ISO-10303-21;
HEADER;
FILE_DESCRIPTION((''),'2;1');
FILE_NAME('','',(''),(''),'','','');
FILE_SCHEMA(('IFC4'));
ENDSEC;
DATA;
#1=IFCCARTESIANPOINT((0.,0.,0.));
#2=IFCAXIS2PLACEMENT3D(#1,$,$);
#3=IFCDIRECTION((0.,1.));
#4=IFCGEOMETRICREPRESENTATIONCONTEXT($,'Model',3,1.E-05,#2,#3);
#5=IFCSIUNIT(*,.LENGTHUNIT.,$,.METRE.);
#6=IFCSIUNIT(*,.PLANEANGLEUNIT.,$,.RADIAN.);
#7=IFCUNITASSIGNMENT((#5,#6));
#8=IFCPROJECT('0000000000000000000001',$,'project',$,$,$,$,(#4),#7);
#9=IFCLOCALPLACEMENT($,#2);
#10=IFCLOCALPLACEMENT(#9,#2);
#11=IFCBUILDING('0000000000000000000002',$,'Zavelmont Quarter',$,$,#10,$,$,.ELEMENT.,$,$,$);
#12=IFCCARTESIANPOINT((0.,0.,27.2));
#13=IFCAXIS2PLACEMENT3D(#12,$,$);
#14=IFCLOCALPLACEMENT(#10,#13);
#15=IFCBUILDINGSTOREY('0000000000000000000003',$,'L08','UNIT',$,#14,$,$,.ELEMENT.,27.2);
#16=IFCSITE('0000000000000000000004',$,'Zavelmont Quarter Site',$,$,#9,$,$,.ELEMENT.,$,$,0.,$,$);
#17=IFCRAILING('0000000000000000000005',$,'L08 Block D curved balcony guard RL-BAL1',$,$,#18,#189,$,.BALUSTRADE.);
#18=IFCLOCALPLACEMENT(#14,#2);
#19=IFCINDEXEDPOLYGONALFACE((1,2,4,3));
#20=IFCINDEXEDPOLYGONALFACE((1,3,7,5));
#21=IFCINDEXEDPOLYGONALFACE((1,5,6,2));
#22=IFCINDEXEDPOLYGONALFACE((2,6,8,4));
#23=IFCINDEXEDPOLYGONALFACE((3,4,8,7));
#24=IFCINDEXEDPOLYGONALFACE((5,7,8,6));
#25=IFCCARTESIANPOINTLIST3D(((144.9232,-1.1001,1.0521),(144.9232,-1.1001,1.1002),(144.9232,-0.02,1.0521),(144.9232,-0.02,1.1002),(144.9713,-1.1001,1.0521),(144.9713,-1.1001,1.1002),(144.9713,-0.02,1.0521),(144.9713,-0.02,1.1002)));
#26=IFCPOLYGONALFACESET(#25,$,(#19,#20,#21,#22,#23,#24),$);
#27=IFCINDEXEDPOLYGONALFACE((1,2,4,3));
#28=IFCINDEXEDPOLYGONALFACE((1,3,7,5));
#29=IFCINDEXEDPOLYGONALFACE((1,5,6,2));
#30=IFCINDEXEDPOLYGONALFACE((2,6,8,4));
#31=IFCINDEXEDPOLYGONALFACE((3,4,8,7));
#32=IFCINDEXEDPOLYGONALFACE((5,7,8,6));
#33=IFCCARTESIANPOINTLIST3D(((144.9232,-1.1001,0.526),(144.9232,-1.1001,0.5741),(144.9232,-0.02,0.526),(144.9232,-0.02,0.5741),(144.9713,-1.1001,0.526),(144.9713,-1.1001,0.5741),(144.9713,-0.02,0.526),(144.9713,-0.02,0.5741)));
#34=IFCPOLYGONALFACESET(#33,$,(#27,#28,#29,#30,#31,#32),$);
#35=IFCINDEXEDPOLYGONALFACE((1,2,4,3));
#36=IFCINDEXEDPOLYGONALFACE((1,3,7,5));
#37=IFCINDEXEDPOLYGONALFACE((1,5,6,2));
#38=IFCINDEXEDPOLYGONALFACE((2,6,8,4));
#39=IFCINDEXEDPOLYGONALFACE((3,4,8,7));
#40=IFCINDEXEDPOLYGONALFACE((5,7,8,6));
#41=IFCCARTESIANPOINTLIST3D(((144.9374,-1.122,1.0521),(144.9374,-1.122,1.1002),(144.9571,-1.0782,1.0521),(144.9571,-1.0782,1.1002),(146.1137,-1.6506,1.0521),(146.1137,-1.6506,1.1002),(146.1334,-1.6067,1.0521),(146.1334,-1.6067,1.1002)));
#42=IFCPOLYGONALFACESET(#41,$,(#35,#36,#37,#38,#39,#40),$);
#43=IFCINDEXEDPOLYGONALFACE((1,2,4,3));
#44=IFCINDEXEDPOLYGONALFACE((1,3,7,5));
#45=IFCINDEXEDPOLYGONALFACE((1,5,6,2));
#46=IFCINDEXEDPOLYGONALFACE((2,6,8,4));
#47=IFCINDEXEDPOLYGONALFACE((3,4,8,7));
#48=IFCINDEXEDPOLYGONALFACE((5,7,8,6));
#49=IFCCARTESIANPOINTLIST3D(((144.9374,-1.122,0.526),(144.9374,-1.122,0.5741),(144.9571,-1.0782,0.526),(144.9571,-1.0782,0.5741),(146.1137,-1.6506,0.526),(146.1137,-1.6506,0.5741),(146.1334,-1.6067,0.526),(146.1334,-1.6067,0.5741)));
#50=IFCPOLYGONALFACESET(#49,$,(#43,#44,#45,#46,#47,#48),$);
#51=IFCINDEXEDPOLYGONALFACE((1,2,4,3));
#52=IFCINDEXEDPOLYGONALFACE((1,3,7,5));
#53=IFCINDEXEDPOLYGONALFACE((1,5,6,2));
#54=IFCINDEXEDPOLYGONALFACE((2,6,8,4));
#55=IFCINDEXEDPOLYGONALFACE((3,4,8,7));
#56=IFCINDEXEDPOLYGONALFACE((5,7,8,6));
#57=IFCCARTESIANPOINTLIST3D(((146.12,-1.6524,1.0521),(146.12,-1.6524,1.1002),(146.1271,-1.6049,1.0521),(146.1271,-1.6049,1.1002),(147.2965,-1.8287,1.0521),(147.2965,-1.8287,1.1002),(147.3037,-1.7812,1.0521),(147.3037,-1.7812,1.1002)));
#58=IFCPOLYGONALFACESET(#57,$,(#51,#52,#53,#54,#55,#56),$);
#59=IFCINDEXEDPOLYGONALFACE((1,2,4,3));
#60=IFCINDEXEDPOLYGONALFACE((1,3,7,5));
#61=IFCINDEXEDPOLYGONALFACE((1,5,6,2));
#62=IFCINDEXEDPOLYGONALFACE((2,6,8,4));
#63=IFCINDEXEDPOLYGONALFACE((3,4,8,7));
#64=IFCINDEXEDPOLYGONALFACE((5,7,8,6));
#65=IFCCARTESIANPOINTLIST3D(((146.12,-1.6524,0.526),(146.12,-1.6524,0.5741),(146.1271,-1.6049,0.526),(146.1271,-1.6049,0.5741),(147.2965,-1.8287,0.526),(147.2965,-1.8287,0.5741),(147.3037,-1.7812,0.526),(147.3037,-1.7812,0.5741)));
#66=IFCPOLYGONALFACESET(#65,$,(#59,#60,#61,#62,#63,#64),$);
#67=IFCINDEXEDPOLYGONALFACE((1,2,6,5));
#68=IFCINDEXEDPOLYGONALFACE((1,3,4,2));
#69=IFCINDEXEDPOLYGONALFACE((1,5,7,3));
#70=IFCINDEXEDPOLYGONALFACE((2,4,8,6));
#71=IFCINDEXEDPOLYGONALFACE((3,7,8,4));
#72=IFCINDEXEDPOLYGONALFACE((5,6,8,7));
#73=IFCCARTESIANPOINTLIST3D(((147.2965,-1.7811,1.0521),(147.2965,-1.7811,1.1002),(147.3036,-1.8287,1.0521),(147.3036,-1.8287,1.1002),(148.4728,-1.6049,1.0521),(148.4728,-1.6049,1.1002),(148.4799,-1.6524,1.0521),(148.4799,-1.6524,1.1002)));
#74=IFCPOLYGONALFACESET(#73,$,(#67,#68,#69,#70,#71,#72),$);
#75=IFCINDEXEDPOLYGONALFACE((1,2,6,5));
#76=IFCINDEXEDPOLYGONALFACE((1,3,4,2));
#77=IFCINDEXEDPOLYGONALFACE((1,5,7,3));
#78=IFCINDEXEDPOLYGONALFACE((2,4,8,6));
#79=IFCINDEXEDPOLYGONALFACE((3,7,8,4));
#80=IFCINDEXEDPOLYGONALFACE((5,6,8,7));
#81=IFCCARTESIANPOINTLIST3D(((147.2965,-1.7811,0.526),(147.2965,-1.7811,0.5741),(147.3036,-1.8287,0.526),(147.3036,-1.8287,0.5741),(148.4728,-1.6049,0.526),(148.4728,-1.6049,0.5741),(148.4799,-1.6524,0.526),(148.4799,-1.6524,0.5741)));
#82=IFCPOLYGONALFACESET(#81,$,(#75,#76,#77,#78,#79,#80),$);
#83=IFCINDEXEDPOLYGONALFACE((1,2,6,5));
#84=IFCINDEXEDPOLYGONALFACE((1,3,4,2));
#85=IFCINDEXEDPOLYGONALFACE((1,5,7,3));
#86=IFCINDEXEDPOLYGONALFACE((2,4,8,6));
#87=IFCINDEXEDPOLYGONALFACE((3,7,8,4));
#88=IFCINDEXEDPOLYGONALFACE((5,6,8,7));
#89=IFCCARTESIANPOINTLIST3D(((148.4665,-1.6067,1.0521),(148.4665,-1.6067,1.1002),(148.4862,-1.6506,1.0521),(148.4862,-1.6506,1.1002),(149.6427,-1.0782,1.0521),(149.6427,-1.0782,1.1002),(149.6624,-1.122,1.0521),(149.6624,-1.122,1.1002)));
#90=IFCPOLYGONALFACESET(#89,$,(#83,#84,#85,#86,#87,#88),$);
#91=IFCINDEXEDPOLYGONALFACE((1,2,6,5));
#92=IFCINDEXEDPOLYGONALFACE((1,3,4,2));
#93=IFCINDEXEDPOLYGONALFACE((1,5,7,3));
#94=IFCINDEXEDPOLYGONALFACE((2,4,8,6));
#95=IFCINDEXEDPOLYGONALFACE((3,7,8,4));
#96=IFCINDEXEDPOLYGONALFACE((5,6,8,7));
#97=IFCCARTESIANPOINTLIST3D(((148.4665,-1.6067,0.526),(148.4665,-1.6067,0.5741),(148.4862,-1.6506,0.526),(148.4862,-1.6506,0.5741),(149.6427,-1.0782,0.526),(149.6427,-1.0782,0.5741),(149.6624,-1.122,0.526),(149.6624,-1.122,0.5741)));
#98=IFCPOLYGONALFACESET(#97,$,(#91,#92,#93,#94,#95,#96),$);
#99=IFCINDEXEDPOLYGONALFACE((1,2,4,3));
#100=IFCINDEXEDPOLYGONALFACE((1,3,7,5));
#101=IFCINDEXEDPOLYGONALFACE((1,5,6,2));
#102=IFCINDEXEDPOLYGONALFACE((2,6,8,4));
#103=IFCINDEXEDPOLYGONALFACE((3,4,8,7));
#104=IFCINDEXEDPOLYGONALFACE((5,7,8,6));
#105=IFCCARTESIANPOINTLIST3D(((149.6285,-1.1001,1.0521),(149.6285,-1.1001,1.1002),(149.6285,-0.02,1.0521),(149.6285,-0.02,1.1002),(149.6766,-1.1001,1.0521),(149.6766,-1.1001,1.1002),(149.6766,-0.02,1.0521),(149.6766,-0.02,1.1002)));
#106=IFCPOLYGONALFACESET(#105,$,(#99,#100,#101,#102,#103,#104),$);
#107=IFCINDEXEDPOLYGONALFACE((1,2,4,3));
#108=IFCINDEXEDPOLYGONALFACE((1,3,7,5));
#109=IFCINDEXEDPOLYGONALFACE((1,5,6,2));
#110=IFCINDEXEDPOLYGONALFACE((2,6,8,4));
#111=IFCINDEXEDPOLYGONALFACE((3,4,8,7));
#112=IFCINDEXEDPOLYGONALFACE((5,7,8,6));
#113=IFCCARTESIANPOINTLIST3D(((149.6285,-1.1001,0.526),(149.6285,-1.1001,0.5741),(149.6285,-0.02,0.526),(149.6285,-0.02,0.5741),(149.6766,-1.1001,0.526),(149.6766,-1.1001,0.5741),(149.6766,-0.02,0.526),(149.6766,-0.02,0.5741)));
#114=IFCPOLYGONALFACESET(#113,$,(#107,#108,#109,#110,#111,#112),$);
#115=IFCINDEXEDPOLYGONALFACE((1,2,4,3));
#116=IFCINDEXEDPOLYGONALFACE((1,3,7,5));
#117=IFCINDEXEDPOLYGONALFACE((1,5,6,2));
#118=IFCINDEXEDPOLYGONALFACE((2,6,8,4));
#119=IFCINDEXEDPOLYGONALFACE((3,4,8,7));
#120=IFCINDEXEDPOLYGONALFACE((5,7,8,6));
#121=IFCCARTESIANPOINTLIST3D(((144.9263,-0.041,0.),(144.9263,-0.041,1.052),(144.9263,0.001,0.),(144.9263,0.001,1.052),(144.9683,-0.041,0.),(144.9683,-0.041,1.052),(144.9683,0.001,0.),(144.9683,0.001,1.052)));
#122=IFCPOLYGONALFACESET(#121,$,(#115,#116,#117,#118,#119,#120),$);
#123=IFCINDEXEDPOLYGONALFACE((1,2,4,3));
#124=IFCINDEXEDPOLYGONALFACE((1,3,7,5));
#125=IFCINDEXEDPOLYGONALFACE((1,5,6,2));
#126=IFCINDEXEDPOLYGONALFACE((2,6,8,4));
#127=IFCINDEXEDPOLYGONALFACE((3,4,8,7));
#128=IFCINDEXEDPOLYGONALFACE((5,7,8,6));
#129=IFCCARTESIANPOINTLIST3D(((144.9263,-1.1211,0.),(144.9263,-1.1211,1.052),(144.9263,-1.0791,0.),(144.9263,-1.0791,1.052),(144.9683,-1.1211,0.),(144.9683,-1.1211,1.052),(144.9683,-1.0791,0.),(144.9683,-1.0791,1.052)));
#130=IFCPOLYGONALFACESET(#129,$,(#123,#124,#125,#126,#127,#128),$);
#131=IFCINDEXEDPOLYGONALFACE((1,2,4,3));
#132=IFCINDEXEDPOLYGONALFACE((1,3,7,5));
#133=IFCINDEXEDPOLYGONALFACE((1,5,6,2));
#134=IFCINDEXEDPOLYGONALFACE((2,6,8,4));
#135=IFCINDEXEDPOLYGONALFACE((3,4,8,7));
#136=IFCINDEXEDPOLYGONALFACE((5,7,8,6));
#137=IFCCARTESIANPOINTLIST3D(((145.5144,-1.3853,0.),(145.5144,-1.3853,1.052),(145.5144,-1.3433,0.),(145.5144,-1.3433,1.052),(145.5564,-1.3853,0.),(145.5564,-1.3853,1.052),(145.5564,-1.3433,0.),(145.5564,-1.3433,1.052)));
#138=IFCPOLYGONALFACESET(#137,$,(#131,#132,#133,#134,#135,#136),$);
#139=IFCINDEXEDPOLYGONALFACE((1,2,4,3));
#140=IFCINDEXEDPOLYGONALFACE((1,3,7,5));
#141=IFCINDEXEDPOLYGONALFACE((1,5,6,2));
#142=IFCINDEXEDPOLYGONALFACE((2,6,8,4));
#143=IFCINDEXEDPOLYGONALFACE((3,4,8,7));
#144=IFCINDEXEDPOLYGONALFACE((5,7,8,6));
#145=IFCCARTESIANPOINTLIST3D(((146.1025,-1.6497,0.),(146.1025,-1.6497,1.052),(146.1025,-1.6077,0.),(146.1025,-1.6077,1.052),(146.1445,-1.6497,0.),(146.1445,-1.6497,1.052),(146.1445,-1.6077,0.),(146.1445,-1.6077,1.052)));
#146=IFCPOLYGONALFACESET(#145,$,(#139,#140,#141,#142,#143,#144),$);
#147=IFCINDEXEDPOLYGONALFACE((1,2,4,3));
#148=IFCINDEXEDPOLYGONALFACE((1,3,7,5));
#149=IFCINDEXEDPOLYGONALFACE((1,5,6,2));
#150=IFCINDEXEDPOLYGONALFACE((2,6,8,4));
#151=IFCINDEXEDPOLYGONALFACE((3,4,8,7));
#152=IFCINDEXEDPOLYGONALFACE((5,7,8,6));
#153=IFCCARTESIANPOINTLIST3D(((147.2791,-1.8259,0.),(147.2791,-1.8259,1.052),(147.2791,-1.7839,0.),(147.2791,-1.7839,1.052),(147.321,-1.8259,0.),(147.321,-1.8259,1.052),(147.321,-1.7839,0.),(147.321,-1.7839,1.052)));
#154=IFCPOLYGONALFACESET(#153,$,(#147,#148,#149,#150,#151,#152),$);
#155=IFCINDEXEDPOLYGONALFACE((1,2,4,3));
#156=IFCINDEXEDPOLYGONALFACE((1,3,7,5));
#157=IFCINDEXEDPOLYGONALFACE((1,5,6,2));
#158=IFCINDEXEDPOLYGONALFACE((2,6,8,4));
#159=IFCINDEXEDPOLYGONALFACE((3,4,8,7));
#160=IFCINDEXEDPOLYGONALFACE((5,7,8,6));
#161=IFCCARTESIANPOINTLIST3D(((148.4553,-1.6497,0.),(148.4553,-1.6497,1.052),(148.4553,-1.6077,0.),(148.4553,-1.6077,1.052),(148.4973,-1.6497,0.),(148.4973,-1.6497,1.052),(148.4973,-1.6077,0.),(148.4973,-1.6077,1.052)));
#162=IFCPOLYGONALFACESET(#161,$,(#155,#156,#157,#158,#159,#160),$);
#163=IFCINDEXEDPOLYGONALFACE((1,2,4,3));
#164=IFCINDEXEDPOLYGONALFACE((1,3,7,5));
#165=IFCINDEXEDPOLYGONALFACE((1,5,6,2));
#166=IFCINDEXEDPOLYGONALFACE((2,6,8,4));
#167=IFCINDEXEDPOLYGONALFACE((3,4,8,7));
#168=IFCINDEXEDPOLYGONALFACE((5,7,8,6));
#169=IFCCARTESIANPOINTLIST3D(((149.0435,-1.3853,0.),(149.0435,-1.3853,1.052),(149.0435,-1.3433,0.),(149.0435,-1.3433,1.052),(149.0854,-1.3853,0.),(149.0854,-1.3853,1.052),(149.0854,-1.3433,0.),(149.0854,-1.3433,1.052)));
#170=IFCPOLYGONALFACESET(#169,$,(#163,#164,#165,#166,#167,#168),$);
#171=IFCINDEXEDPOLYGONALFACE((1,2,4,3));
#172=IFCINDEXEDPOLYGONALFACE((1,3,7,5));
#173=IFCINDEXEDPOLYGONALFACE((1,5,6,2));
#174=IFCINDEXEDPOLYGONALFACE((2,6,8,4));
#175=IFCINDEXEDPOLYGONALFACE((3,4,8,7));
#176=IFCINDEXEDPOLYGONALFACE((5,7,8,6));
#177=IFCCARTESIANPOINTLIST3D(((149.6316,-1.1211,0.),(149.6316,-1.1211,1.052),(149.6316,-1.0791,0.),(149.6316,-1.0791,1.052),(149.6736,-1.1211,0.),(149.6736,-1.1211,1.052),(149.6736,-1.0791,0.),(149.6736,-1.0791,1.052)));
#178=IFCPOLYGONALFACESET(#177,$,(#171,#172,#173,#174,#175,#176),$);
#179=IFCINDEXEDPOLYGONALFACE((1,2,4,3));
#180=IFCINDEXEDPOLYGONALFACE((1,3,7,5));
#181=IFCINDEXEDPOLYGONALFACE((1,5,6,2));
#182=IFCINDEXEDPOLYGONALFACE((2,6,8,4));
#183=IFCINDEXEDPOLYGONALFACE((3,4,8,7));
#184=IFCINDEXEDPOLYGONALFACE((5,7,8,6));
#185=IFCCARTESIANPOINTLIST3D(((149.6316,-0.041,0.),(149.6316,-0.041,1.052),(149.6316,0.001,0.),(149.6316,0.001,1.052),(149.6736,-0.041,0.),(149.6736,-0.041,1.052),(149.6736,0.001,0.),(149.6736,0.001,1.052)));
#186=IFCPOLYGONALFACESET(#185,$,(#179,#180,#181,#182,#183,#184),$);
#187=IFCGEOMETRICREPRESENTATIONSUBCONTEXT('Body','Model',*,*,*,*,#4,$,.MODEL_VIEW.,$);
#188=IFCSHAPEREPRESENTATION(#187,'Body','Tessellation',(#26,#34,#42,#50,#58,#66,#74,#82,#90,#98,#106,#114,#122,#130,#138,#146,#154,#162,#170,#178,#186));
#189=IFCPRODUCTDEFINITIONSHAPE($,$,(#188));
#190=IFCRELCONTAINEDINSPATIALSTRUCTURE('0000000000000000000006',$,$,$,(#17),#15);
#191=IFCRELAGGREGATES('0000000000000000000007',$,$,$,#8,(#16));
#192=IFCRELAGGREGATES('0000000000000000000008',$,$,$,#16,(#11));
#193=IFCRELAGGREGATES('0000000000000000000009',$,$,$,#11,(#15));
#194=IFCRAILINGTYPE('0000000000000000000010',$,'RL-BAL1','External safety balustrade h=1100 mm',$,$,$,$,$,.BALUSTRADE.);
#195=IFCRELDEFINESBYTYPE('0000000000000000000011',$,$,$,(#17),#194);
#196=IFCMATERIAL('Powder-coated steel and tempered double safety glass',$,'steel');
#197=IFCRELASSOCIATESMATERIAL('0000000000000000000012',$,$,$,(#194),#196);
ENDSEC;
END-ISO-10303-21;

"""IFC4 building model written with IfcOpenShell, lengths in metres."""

from ifc_helpers import new_model, si_unit, direction, frame, origin, origin_2d, place, context, subcontext, project, spatial, rectangle, extrude, material, type_object, element, save


model = new_model("IFC4")

# Units and contexts
model_context = context("Model", 3, precision=1e-05, world=origin(), true_north=direction((0.0, 1.0)))
body_context = subcontext(model_context, "Body", "Model", "MODEL_VIEW")
ifc_project = project(units=[si_unit("LENGTHUNIT", "METRE"), si_unit("PLANEANGLEUNIT", "RADIAN")], contexts=[model_context])

# Site, building, storey
site_placement = place(None, origin())
site = spatial("IfcSite", under=ifc_project, at=site_placement, Name="Zavelmont Quarter Site", CompositionType="ELEMENT", RefElevation=0.0)
building_placement = place(site_placement, origin())
building = spatial("IfcBuilding", under=site, at=building_placement, Name="Zavelmont Quarter", CompositionType="ELEMENT")
storey_placement = place(building_placement, frame((0.0, 0.0, 27.2)))
storey = spatial("IfcBuildingStorey", under=building, at=storey_placement, Name="L08", Description="UNIT", CompositionType="ELEMENT", Elevation=27.2)

# Railing
ifc_material_1 = material(Name="Powder-coated steel and tempered double safety glass", Category="steel")
railing_type = type_object("IfcRailingType", Name="RL-BAL1", Description="External safety balustrade h=1100 mm", PredefinedType="BALUSTRADE", material=ifc_material_1)
railing_placement = place(storey_placement, frame((144.9473, -0.02, 0.0)))
element("IfcRailing", 1, at=railing_placement, inside=storey, type_object=railing_type, Name="L08 Block D curved balcony guard RL-BAL1", PredefinedType="BALUSTRADE", context=body_context, shape_type="SweptSolid", body=[
    extrude(rectangle(XDim=0.0481, YDim=0.0481, at=origin_2d()), frame((0.0, 0.0, 1.0762), z_axis=(0.0, -1.0, 0.0), x_axis=(1.0, 0.0, 0.0)), (0.0, 0.0, 1.0), 1.0801),
    extrude(rectangle(XDim=0.0481, YDim=0.0481, at=origin_2d()), frame((0.0, 0.0, 0.55), z_axis=(0.0, -1.0, 0.0), x_axis=(1.0, 0.0, 0.0)), (0.0, 0.0, 1.0), 1.0801),
    extrude(rectangle(XDim=0.0481, YDim=0.0481, at=origin_2d()), frame((0.0, -1.0801, 1.0762), z_axis=(0.912141, -0.409877, 0.0), x_axis=(0.409877, 0.912141, 0.0)), (0.0, 0.0, 1.0), 1.2896),
    extrude(rectangle(XDim=0.0481, YDim=0.0481, at=origin_2d()), frame((0.0, -1.0801, 0.55), z_axis=(0.912141, -0.409877, 0.0), x_axis=(0.409877, 0.912141, 0.0)), (0.0, 0.0, 1.0), 1.2896),
    extrude(rectangle(XDim=0.0481, YDim=0.0481, at=origin_2d()), frame((1.1763, -1.6086, 1.0762), z_axis=(0.988962, -0.14817, 0.0), x_axis=(0.14817, 0.988962, 0.0)), (0.0, 0.0, 1.0), 1.1897),
    extrude(rectangle(XDim=0.0481, YDim=0.0481, at=origin_2d()), frame((1.1763, -1.6086, 0.55), z_axis=(0.988962, -0.14817, 0.0), x_axis=(0.14817, 0.988962, 0.0)), (0.0, 0.0, 1.0), 1.1897),
    extrude(rectangle(XDim=0.0481, YDim=0.0481, at=origin_2d()), frame((2.3528, -1.7849, 1.0762), z_axis=(0.988957, 0.1482, 0.0), x_axis=(-0.1482, 0.988957, 0.0)), (0.0, 0.0, 1.0), 1.1895),
    extrude(rectangle(XDim=0.0481, YDim=0.0481, at=origin_2d()), frame((2.3528, -1.7849, 0.55), z_axis=(0.988957, 0.1482, 0.0), x_axis=(-0.1482, 0.988957, 0.0)), (0.0, 0.0, 1.0), 1.1895),
    extrude(rectangle(XDim=0.0481, YDim=0.0481, at=origin_2d()), frame((3.5291, -1.6086, 1.0762), z_axis=(0.912141, 0.409877, 0.0), x_axis=(-0.409877, 0.912141, 0.0)), (0.0, 0.0, 1.0), 1.2896),
    extrude(rectangle(XDim=0.0481, YDim=0.0481, at=origin_2d()), frame((3.5291, -1.6086, 0.55), z_axis=(0.912141, 0.409877, 0.0), x_axis=(-0.409877, 0.912141, 0.0)), (0.0, 0.0, 1.0), 1.2896),
    extrude(rectangle(XDim=0.0481, YDim=0.0481, at=origin_2d()), frame((4.7053, -1.0801, 1.0762), z_axis=(0.0, 1.0, 0.0), x_axis=(-1.0, 0.0, 0.0)), (0.0, 0.0, 1.0), 1.0801),
    extrude(rectangle(XDim=0.0481, YDim=0.0481, at=origin_2d()), frame((4.7053, -1.0801, 0.55), z_axis=(0.0, 1.0, 0.0), x_axis=(-1.0, 0.0, 0.0)), (0.0, 0.0, 1.0), 1.0801),
    extrude(rectangle(XDim=0.042, YDim=0.042, at=origin_2d()), origin(), (0.0, 0.0, 1.0), 1.052),
    extrude(rectangle(XDim=0.042, YDim=0.042, at=origin_2d()), frame((0.0, -1.0801, 0.0)), (0.0, 0.0, 1.0), 1.052),
    extrude(rectangle(XDim=0.042, YDim=0.042, at=origin_2d()), frame((0.5881, -1.3442, 0.0)), (0.0, 0.0, 1.0), 1.052),
    extrude(rectangle(XDim=0.042, YDim=0.042, at=origin_2d()), frame((1.1763, -1.6086, 0.0)), (0.0, 0.0, 1.0), 1.052),
    extrude(rectangle(XDim=0.042, YDim=0.042, at=origin_2d()), frame((2.3528, -1.7849, 0.0)), (0.0, 0.0, 1.0), 1.052),
    extrude(rectangle(XDim=0.042, YDim=0.042, at=origin_2d()), frame((3.5291, -1.6086, 0.0)), (0.0, 0.0, 1.0), 1.052),
    extrude(rectangle(XDim=0.042, YDim=0.042, at=origin_2d()), frame((4.1172, -1.3442, 0.0)), (0.0, 0.0, 1.0), 1.052),
    extrude(rectangle(XDim=0.042, YDim=0.042, at=origin_2d()), frame((4.7053, -1.0801, 0.0)), (0.0, 0.0, 1.0), 1.052),
    extrude(rectangle(XDim=0.042, YDim=0.042, at=origin_2d()), frame((4.7053, 0.0, 0.0)), (0.0, 0.0, 1.0), 1.052),
])

save(model, "model.ifc")
